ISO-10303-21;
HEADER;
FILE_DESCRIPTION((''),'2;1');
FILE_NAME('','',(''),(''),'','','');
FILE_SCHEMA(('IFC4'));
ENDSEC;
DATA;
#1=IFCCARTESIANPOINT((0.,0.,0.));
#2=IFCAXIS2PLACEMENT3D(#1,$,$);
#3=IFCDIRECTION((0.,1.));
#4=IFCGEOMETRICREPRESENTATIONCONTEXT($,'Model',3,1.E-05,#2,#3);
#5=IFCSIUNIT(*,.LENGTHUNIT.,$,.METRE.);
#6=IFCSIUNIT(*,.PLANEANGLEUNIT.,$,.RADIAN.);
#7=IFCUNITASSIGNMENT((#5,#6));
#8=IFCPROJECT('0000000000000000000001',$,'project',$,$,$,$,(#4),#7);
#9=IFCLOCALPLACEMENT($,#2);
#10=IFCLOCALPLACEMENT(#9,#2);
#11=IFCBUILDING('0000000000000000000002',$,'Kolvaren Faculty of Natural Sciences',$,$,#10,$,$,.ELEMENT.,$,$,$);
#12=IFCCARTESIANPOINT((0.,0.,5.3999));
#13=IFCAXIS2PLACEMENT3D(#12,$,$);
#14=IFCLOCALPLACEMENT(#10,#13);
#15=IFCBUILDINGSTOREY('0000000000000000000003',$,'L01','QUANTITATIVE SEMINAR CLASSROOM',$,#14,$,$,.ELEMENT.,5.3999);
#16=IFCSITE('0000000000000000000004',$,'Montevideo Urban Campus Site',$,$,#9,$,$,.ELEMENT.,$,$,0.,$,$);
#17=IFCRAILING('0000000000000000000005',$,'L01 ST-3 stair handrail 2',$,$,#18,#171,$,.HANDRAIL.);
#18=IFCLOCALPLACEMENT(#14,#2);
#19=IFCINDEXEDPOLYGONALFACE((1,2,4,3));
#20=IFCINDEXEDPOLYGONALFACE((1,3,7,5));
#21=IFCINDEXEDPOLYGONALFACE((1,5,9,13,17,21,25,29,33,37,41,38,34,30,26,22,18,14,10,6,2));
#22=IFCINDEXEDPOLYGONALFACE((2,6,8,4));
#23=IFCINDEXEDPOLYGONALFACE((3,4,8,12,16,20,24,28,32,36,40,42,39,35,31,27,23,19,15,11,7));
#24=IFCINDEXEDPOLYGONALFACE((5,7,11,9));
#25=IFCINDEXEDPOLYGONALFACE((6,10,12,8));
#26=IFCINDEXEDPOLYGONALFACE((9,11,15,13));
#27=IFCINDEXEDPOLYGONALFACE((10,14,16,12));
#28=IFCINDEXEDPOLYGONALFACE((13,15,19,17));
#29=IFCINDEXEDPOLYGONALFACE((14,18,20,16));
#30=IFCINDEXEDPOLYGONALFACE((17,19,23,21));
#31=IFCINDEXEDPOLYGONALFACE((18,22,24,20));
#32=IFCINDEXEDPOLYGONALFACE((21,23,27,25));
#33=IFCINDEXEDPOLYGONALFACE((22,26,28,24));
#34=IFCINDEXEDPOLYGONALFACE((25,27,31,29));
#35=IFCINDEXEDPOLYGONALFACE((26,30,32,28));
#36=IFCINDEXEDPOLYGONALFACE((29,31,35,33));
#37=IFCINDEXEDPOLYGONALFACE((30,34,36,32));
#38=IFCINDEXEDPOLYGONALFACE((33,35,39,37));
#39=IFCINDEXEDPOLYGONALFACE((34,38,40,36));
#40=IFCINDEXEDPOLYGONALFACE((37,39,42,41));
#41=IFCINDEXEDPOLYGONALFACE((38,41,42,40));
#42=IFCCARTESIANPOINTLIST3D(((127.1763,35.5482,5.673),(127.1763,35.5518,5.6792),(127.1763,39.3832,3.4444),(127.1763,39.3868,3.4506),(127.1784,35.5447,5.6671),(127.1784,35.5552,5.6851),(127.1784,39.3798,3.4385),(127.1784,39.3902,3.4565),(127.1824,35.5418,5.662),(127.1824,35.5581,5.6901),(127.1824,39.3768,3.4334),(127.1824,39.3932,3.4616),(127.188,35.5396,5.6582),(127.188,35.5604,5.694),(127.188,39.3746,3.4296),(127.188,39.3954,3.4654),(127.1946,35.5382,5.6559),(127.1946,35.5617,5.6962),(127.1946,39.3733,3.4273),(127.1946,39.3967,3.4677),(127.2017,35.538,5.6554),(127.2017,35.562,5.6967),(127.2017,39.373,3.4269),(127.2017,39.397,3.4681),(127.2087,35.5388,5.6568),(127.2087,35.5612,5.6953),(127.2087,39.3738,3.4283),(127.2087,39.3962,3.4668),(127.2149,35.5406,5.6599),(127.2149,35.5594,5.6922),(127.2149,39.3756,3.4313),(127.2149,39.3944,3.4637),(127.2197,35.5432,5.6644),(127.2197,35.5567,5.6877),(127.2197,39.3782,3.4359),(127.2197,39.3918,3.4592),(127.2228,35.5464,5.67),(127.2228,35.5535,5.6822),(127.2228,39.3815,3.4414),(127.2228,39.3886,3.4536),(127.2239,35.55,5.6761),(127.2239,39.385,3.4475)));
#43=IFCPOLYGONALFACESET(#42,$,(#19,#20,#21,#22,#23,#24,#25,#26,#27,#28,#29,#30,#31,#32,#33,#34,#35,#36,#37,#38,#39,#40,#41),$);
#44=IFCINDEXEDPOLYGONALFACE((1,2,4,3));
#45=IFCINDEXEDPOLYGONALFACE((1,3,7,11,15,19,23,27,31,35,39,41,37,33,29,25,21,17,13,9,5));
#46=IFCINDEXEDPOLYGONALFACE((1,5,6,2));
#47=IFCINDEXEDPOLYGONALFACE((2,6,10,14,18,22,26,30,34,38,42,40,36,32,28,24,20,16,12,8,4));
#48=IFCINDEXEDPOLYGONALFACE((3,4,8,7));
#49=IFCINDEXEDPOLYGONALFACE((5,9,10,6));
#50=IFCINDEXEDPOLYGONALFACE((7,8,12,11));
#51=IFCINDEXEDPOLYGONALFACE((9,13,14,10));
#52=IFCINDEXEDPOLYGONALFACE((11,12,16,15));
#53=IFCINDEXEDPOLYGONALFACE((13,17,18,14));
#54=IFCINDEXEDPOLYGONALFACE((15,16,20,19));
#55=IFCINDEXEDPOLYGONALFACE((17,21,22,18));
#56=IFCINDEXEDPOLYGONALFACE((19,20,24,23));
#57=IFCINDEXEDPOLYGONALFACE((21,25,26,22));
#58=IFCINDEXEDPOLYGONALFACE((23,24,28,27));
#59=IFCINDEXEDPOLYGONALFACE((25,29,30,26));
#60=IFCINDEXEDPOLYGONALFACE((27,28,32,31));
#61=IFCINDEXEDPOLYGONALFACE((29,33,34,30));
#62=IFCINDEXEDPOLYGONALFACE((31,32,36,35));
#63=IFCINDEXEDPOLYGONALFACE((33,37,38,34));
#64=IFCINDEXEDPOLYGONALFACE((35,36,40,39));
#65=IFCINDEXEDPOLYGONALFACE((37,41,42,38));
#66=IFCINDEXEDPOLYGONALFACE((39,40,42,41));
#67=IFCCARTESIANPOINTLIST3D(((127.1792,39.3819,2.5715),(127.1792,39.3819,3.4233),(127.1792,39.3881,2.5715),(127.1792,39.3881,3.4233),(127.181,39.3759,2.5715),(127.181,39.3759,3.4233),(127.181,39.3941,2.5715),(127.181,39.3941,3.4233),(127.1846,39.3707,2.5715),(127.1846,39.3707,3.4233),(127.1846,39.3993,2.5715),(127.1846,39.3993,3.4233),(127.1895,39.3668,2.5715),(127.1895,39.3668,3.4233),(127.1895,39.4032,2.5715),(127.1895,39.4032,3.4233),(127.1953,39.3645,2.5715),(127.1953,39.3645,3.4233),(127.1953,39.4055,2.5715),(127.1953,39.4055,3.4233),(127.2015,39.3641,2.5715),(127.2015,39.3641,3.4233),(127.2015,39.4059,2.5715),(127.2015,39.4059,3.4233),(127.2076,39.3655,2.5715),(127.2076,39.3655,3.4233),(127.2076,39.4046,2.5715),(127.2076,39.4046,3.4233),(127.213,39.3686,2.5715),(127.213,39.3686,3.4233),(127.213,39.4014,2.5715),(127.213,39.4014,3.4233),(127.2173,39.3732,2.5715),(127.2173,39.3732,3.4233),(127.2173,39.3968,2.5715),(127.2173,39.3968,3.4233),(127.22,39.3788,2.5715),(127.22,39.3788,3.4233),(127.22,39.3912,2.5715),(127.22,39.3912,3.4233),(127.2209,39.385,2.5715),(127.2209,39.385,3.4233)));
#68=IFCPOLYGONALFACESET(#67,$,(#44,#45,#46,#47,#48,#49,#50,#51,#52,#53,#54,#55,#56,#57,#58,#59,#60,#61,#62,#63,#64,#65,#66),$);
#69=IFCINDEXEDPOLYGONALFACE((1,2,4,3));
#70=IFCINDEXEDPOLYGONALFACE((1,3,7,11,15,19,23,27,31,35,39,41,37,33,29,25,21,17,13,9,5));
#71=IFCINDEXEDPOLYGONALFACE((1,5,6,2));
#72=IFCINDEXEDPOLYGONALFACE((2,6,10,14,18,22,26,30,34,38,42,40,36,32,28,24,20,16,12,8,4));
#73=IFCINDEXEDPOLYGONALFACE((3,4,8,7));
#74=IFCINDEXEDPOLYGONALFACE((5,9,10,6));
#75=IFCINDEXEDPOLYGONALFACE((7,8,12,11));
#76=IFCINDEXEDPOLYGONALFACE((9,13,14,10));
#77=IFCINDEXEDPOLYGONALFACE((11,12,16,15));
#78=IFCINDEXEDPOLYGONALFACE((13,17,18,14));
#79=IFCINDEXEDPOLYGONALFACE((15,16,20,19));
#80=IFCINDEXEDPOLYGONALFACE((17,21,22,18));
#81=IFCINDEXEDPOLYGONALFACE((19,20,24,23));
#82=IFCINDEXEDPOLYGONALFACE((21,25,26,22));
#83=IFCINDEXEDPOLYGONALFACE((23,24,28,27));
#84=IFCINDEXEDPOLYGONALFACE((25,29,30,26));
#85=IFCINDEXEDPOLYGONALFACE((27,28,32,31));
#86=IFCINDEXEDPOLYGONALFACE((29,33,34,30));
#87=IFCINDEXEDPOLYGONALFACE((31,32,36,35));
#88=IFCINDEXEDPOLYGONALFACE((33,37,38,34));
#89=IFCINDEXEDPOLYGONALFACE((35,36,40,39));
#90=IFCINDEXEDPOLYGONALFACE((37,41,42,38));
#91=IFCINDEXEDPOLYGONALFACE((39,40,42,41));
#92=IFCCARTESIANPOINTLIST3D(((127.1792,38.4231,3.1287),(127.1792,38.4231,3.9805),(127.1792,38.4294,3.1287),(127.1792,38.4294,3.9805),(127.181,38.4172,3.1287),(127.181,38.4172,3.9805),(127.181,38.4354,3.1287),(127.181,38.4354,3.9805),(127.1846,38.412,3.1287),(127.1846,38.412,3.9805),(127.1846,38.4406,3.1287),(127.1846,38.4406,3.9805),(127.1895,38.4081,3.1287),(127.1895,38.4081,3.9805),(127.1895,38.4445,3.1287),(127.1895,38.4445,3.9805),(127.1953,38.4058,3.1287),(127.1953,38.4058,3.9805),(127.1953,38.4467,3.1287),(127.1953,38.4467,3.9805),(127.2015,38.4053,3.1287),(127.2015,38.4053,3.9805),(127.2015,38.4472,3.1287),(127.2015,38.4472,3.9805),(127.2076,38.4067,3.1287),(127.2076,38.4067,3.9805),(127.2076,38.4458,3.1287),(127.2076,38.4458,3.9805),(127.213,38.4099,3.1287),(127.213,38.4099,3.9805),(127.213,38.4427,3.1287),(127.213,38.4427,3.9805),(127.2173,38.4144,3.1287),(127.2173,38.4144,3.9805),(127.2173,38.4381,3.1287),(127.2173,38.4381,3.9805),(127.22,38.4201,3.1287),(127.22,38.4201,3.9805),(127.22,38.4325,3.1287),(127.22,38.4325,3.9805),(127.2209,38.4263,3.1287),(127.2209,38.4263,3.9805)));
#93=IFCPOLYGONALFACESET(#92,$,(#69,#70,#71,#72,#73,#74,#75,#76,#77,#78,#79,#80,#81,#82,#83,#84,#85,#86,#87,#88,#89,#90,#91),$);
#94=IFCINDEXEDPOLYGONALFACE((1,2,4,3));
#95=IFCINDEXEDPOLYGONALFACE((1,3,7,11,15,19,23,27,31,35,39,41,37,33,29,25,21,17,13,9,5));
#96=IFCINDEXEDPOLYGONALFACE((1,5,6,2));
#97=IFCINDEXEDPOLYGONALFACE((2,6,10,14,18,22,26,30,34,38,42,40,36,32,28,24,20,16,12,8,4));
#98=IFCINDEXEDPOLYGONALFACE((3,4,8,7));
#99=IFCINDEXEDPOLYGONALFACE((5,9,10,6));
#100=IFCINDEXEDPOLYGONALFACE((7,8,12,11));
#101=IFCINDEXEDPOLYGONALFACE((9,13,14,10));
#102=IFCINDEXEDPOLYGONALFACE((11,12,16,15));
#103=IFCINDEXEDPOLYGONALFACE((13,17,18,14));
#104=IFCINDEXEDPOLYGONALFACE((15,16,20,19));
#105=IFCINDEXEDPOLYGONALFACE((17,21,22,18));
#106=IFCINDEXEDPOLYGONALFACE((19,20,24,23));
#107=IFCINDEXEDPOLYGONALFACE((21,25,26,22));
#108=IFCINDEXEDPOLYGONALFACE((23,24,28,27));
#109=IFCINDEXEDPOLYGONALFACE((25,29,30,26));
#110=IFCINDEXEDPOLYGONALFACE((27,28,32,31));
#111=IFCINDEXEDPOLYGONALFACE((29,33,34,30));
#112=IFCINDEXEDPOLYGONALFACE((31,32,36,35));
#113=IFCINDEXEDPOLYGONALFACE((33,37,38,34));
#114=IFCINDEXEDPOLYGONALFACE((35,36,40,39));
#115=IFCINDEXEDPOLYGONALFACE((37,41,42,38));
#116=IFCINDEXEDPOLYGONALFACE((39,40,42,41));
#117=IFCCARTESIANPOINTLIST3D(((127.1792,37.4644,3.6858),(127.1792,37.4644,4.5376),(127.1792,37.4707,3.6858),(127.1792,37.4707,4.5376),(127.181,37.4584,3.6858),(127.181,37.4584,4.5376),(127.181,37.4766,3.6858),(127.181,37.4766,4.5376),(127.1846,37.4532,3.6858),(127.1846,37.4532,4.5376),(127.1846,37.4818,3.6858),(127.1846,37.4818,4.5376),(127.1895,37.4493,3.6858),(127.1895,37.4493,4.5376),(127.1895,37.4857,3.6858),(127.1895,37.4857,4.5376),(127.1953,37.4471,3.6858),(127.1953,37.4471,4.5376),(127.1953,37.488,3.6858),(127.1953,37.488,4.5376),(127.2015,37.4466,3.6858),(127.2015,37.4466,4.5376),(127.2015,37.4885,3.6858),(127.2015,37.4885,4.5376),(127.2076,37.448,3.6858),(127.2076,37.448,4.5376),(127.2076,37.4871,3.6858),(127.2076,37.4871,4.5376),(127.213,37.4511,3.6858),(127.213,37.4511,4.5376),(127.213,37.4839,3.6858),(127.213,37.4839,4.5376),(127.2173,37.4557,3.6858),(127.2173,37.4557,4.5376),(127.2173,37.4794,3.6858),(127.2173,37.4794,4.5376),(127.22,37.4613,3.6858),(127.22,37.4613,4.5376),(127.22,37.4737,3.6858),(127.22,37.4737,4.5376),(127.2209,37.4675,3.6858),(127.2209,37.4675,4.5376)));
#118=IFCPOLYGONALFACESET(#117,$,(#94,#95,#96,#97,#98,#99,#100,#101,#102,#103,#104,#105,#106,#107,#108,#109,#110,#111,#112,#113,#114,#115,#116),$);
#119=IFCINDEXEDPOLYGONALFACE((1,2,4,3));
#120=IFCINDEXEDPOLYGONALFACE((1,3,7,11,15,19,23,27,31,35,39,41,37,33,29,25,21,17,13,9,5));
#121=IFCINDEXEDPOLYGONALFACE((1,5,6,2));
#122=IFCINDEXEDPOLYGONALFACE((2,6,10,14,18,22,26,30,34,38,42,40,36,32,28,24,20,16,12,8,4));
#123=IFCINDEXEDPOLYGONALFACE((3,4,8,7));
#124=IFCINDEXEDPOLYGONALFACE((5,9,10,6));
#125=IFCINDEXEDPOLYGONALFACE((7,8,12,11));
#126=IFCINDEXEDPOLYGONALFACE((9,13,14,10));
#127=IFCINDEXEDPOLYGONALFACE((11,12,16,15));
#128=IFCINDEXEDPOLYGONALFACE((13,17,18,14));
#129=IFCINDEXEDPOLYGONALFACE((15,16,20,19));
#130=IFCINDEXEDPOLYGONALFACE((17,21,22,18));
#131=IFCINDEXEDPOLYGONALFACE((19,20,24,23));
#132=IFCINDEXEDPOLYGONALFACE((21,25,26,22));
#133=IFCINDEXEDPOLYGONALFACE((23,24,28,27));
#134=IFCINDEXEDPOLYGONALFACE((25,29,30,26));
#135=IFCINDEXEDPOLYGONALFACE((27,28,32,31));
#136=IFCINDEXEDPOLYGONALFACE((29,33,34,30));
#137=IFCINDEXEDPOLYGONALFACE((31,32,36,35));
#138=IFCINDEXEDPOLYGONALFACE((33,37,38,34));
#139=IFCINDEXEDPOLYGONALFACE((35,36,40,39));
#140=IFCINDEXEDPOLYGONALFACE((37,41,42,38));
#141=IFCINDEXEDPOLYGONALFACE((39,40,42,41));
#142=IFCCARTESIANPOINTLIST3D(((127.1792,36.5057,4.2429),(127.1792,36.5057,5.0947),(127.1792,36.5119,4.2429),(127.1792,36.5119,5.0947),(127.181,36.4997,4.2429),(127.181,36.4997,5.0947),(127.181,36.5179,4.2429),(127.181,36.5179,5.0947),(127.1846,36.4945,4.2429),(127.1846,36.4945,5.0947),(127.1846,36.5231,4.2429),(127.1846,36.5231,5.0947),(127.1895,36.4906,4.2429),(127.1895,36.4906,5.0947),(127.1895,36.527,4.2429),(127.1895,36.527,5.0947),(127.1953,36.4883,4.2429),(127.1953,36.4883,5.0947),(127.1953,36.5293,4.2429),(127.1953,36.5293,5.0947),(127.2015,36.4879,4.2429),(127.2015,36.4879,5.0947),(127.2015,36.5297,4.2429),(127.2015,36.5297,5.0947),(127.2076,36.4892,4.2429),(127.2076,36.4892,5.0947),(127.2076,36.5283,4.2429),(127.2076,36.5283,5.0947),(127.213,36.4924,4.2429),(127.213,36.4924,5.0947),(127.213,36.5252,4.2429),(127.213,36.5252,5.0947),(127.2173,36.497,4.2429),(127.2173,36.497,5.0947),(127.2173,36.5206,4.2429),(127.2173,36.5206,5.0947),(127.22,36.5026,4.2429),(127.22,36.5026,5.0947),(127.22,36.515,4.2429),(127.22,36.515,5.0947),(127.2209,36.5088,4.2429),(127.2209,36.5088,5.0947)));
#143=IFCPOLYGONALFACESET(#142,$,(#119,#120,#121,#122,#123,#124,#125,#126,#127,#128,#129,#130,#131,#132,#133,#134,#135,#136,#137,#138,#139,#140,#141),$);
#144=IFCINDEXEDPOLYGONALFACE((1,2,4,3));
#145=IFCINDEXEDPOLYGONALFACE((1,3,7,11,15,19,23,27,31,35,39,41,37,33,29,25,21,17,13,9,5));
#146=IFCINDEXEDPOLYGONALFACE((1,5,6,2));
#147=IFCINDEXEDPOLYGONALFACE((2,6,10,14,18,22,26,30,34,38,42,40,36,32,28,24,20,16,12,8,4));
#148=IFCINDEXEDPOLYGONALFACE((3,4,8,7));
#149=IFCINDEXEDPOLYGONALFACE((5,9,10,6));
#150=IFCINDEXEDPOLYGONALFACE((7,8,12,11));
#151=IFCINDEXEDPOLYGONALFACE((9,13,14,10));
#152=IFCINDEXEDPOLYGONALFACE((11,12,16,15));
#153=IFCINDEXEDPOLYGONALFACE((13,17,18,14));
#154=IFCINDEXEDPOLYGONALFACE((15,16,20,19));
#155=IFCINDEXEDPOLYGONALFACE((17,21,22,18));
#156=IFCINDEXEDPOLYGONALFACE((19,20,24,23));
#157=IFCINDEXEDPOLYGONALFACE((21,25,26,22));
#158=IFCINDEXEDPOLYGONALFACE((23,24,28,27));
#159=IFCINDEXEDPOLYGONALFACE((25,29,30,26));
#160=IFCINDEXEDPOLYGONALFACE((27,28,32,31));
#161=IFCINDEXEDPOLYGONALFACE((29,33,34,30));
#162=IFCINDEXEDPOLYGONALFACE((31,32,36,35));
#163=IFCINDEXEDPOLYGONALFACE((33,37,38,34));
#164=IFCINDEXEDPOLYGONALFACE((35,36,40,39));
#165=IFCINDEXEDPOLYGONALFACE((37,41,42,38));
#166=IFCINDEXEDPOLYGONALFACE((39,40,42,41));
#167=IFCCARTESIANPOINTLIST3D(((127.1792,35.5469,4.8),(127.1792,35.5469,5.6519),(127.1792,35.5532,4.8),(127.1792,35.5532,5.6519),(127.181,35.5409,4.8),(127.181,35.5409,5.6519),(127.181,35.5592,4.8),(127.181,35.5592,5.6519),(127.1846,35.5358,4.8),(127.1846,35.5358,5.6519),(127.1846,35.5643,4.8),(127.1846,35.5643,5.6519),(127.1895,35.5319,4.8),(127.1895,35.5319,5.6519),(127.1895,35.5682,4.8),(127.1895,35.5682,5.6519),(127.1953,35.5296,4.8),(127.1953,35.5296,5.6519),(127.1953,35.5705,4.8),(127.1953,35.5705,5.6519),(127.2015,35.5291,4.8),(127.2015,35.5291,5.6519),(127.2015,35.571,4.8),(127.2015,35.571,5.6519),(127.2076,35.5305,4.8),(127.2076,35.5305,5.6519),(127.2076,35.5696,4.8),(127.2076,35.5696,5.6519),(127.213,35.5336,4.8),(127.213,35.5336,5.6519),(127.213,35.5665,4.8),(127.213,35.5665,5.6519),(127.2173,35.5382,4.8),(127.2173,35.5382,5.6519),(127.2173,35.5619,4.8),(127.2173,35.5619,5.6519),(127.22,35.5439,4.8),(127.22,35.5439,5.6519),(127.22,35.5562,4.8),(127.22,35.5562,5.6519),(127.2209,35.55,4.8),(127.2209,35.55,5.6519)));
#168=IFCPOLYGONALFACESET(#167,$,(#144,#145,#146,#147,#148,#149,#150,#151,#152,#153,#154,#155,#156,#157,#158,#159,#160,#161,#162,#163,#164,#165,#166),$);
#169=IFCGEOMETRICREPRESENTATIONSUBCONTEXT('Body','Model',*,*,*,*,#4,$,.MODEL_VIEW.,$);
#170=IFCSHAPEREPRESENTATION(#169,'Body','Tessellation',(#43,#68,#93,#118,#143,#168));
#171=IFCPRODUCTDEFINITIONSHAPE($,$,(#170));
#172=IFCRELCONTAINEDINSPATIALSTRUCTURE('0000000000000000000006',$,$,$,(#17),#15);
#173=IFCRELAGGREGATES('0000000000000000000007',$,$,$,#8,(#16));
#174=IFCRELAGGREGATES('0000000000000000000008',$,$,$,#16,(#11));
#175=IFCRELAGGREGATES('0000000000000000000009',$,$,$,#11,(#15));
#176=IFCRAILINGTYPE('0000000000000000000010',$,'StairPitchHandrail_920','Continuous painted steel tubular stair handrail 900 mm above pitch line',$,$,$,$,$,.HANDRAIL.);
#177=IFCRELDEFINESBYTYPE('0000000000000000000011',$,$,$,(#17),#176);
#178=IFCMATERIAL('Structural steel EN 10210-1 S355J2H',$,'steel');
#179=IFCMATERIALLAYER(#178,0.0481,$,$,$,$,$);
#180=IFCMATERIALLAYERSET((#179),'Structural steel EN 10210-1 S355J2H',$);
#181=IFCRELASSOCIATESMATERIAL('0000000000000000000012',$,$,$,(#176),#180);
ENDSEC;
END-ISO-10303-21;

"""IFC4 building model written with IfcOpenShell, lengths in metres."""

from ifc_helpers import new_model, si_unit, direction, frame, origin, origin_2d, place, context, subcontext, project, spatial, circle, extrude, material, layer, layer_set, type_object, element, save


model = new_model("IFC4")

# Units and contexts
model_context = context("Model", 3, precision=1e-05, world=origin(), true_north=direction((0.0, 1.0)))
body_context = subcontext(model_context, "Body", "Model", "MODEL_VIEW")
ifc_project = project(units=[si_unit("LENGTHUNIT", "METRE"), si_unit("PLANEANGLEUNIT", "RADIAN")], contexts=[model_context])

# Site, building, storey
site_placement = place(None, origin())
site = spatial("IfcSite", under=ifc_project, at=site_placement, Name="Montevideo Urban Campus Site", CompositionType="ELEMENT", RefElevation=0.0)
building_placement = place(site_placement, origin())
building = spatial("IfcBuilding", under=site, at=building_placement, Name="Kolvaren Faculty of Natural Sciences", CompositionType="ELEMENT")
storey_placement = place(building_placement, frame((0.0, 0.0, 5.3999)))
storey = spatial("IfcBuildingStorey", under=building, at=storey_placement, Name="L01", Description="QUANTITATIVE SEMINAR CLASSROOM", CompositionType="ELEMENT", Elevation=5.3999)

# Railing
ifc_material_1 = material(Name="Structural steel EN 10210-1 S355J2H", Category="steel")
ifc_layer_1 = layer(ifc_material_1, 0.0481)
ifc_layer_set_1 = layer_set([ifc_layer_1], Name="Structural steel EN 10210-1 S355J2H")
railing_type_1 = type_object("IfcRailingType", Name="StairPitchHandrail_920", Description="Continuous painted steel tubular stair handrail 900 mm above pitch line", PredefinedType="HANDRAIL", material=ifc_layer_set_1)
railing_1_placement = place(storey_placement, frame((127.2, 39.385, 2.5715)))
element("IfcRailing", 1, at=railing_1_placement, inside=storey, type_object=railing_type_1, Name="L01 ST-3 stair handrail 2", PredefinedType="HANDRAIL", context=body_context, shape_type="SweptSolid", body=[
    extrude(circle(Radius=0.0239, at=origin_2d()), frame((0.0, 0.0, 0.876), z_axis=(0.0, -0.864616, 0.502433), x_axis=(1.0, 0.0, 0.0)), (0.0, 0.0, 1.0), 4.4355),
    extrude(circle(Radius=0.021, at=origin_2d()), origin(), (0.0, 0.0, 1.0), 0.8518),
    extrude(circle(Radius=0.021, at=origin_2d()), frame((0.0, -0.9587, 0.5571)), (0.0, 0.0, 1.0), 0.8518),
    extrude(circle(Radius=0.021, at=origin_2d()), frame((0.0, -1.9175, 1.1143)), (0.0, 0.0, 1.0), 0.8518),
    extrude(circle(Radius=0.021, at=origin_2d()), frame((0.0, -2.8762, 1.6714)), (0.0, 0.0, 1.0), 0.8518),
    extrude(circle(Radius=0.021, at=origin_2d()), frame((0.0, -3.835, 2.2285)), (0.0, 0.0, 1.0), 0.8518),
])

save(model, "model.ifc")
